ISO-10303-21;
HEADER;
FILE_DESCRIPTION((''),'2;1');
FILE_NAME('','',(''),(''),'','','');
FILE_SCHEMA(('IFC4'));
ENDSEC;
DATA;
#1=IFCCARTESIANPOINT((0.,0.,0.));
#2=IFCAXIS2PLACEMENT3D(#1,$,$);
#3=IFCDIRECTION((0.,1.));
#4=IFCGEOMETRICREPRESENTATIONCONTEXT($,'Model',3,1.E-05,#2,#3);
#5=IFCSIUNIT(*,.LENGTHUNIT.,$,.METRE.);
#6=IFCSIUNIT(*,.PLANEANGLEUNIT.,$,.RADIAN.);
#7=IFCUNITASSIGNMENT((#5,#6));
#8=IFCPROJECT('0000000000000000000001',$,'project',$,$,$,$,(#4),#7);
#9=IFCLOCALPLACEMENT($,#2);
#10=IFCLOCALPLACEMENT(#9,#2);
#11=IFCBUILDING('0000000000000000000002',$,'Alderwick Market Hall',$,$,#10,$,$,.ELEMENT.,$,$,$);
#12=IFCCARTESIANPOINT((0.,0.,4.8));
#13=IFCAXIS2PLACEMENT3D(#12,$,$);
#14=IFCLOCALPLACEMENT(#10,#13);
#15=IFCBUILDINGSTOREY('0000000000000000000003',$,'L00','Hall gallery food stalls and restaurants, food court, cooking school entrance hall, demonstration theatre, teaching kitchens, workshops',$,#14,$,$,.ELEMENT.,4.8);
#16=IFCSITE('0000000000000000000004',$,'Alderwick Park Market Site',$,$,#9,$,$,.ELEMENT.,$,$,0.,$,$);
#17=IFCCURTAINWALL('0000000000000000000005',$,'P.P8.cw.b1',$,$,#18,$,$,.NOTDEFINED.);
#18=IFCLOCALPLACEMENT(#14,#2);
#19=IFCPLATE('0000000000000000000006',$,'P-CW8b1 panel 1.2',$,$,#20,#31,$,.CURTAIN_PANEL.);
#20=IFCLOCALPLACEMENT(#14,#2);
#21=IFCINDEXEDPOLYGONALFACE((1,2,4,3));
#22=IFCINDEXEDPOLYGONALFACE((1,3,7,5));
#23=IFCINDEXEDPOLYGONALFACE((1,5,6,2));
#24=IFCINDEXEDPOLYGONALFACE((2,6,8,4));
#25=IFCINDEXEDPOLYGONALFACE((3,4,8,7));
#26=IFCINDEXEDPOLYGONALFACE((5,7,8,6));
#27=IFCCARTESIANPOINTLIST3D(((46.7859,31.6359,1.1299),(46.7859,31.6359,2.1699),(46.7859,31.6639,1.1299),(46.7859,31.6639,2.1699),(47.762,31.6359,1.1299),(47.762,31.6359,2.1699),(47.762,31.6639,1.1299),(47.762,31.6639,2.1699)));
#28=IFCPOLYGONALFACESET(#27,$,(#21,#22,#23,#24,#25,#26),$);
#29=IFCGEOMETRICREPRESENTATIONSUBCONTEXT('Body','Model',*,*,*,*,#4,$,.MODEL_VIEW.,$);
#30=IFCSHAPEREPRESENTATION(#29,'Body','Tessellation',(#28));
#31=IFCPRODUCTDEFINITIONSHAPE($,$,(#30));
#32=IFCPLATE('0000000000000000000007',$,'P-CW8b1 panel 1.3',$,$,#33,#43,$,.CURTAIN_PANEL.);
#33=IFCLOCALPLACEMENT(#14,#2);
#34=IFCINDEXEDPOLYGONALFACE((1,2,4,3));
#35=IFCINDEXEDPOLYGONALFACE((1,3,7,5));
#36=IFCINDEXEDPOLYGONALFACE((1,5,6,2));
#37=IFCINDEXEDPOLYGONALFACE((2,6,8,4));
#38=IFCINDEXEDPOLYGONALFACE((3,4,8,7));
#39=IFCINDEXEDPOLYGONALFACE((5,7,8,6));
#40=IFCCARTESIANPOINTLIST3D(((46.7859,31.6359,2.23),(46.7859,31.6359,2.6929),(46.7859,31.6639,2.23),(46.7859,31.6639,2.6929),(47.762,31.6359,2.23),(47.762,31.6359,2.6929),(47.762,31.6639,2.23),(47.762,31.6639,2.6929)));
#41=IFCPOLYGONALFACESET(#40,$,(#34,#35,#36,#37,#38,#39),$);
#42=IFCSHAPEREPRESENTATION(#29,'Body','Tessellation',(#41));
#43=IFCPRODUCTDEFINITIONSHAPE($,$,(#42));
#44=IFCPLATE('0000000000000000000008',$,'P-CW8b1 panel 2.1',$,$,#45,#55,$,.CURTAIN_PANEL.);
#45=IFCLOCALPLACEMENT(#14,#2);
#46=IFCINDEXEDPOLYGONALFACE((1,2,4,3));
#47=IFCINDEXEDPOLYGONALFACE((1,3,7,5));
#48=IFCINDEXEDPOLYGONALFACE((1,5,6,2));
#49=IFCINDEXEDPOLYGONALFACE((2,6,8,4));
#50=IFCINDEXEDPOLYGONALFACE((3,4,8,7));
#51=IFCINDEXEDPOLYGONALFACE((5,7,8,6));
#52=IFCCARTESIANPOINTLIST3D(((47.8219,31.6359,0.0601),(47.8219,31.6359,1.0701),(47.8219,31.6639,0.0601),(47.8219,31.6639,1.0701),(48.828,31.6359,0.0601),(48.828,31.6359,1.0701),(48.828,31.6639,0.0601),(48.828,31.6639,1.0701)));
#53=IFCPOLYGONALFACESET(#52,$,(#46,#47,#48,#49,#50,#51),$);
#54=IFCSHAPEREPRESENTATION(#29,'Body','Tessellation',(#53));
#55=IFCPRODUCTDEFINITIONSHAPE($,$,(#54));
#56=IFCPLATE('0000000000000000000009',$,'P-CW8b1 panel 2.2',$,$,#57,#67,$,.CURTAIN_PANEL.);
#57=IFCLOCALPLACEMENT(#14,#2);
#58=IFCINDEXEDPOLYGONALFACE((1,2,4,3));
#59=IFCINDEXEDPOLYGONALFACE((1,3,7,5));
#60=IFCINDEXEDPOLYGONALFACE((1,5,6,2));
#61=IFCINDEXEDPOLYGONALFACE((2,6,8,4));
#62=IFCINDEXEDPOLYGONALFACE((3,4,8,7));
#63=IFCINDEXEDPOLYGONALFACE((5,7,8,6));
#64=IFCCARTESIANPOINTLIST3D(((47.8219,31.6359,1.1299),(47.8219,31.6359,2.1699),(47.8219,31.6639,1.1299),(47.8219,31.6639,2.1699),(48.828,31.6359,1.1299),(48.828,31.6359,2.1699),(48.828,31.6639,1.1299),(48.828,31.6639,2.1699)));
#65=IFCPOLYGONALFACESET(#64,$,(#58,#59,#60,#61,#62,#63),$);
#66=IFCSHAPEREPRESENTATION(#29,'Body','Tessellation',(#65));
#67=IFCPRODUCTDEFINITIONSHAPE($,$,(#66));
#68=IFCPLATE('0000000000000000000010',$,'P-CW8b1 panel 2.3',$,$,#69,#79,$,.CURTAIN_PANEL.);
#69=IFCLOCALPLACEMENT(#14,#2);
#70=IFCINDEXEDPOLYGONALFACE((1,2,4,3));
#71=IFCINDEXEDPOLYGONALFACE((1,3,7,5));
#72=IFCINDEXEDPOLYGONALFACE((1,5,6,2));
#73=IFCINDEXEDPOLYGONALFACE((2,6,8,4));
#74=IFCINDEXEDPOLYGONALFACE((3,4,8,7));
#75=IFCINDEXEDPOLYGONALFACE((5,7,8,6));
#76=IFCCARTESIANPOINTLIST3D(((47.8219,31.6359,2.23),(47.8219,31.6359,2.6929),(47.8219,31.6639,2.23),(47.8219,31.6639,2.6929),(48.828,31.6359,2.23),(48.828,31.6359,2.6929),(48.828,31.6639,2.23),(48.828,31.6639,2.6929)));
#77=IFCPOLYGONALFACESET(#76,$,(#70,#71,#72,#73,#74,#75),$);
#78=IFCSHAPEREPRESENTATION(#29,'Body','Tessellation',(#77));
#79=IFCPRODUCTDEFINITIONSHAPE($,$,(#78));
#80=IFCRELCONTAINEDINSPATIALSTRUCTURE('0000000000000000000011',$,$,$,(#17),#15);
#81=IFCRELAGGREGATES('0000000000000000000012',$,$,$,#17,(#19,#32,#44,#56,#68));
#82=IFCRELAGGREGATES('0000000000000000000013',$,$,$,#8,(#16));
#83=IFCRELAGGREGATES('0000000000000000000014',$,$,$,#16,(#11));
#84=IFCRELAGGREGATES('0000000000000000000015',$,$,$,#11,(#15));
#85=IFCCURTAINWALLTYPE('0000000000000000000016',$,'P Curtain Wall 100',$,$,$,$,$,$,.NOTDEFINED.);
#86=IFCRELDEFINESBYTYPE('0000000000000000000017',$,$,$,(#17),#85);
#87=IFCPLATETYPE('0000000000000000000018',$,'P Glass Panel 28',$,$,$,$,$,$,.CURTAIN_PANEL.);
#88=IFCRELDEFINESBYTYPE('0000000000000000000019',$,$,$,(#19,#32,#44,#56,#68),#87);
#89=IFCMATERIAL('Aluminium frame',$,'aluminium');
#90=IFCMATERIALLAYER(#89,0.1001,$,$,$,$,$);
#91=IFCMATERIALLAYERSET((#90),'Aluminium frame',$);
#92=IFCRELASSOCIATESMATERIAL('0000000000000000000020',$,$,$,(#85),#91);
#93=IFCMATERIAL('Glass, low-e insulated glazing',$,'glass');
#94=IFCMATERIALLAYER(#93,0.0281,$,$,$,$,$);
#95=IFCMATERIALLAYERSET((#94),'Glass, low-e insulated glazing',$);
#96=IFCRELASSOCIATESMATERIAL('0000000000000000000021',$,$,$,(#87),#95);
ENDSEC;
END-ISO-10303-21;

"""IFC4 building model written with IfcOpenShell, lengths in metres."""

from ifc_helpers import new_model, si_unit, direction, frame, origin, origin_2d, place, context, subcontext, project, spatial, rectangle, extrude, material, layer, layer_set, type_object, element, aggregate, save


model = new_model("IFC4")

# Units and contexts
model_context = context("Model", 3, precision=1e-05, world=origin(), true_north=direction((0.0, 1.0)))
body_context = subcontext(model_context, "Body", "Model", "MODEL_VIEW")
ifc_project = project(units=[si_unit("LENGTHUNIT", "METRE"), si_unit("PLANEANGLEUNIT", "RADIAN")], contexts=[model_context])

# Site, building, storey
site_placement = place(None, origin())
site = spatial("IfcSite", under=ifc_project, at=site_placement, Name="Alderwick Park Market Site", CompositionType="ELEMENT", RefElevation=0.0)
building_placement = place(site_placement, origin())
building = spatial("IfcBuilding", under=site, at=building_placement, Name="Alderwick Market Hall", CompositionType="ELEMENT")
storey_placement = place(building_placement, frame((0.0, 0.0, 4.8)))
storey = spatial("IfcBuildingStorey", under=building, at=storey_placement, Name="L00", Description="Hall gallery food stalls and restaurants, food court, cooking school entrance hall, demonstration theatre, teaching kitchens, workshops", CompositionType="ELEMENT", Elevation=4.8)

# Curtain wall, plates
ifc_material_1 = material(Name="Aluminium frame", Category="aluminium")
ifc_layer_1 = layer(ifc_material_1, 0.1001)
ifc_layer_set_1 = layer_set([ifc_layer_1], Name="Aluminium frame")
curtain_wall_type = type_object("IfcCurtainWallType", Name="P Curtain Wall 100", PredefinedType="NOTDEFINED", material=ifc_layer_set_1)
curtain_wall_placement = place(storey_placement, origin())
curtain_wall = element("IfcCurtainWall", 1, at=curtain_wall_placement, inside=storey, type_object=curtain_wall_type, Name="P.P8.cw.b1", PredefinedType="NOTDEFINED")
ifc_material_2 = material(Name="Glass, low-e insulated glazing", Category="glass")
ifc_layer_2 = layer(ifc_material_2, 0.0281)
ifc_layer_set_2 = layer_set([ifc_layer_2], Name="Glass, low-e insulated glazing")
plate_type = type_object("IfcPlateType", Name="P Glass Panel 28", PredefinedType="CURTAIN_PANEL", material=ifc_layer_set_2)
plate_1_placement = place(storey_placement, frame((47.2739, 31.6499, 1.1299), z_axis=(0.0, 0.0, 1.0), x_axis=(1.0, 0.0, 0.0)))
plate_1 = element("IfcPlate", 2, at=plate_1_placement, type_object=plate_type, Name="P-CW8b1 panel 1.2", PredefinedType="CURTAIN_PANEL", context=body_context, shape_type="SweptSolid", body=[
    extrude(rectangle(XDim=0.9761, YDim=0.0281, at=origin_2d()), origin(), (0.0, 0.0, 1.0), 1.04),
])
plate_2_placement = place(storey_placement, frame((47.2739, 31.6499, 2.23), z_axis=(0.0, 0.0, 1.0), x_axis=(1.0, 0.0, 0.0)))
plate_2 = element("IfcPlate", 3, at=plate_2_placement, type_object=plate_type, Name="P-CW8b1 panel 1.3", PredefinedType="CURTAIN_PANEL", context=body_context, shape_type="SweptSolid", body=[
    extrude(rectangle(XDim=0.9761, YDim=0.0281, at=origin_2d()), origin(), (0.0, 0.0, 1.0), 0.4629),
])
plate_3_placement = place(storey_placement, frame((48.325, 31.6499, 0.0601), z_axis=(0.0, 0.0, 1.0), x_axis=(1.0, 0.0, 0.0)))
plate_3 = element("IfcPlate", 4, at=plate_3_placement, type_object=plate_type, Name="P-CW8b1 panel 2.1", PredefinedType="CURTAIN_PANEL", context=body_context, shape_type="SweptSolid", body=[
    extrude(rectangle(XDim=1.0061, YDim=0.0281, at=origin_2d()), origin(), (0.0, 0.0, 1.0), 1.01),
])
plate_4_placement = place(storey_placement, frame((48.325, 31.6499, 1.1299), z_axis=(0.0, 0.0, 1.0), x_axis=(1.0, 0.0, 0.0)))
plate_4 = element("IfcPlate", 5, at=plate_4_placement, type_object=plate_type, Name="P-CW8b1 panel 2.2", PredefinedType="CURTAIN_PANEL", context=body_context, shape_type="SweptSolid", body=[
    extrude(rectangle(XDim=1.0061, YDim=0.0281, at=origin_2d()), origin(), (0.0, 0.0, 1.0), 1.04),
])
plate_5_placement = place(storey_placement, frame((48.325, 31.6499, 2.23), z_axis=(0.0, 0.0, 1.0), x_axis=(1.0, 0.0, 0.0)))
plate_5 = element("IfcPlate", 6, at=plate_5_placement, type_object=plate_type, Name="P-CW8b1 panel 2.3", PredefinedType="CURTAIN_PANEL", context=body_context, shape_type="SweptSolid", body=[
    extrude(rectangle(XDim=1.0061, YDim=0.0281, at=origin_2d()), origin(), (0.0, 0.0, 1.0), 0.4629),
])
aggregate(curtain_wall, [plate_1, plate_2, plate_3, plate_4, plate_5])

save(model, "model.ifc")
